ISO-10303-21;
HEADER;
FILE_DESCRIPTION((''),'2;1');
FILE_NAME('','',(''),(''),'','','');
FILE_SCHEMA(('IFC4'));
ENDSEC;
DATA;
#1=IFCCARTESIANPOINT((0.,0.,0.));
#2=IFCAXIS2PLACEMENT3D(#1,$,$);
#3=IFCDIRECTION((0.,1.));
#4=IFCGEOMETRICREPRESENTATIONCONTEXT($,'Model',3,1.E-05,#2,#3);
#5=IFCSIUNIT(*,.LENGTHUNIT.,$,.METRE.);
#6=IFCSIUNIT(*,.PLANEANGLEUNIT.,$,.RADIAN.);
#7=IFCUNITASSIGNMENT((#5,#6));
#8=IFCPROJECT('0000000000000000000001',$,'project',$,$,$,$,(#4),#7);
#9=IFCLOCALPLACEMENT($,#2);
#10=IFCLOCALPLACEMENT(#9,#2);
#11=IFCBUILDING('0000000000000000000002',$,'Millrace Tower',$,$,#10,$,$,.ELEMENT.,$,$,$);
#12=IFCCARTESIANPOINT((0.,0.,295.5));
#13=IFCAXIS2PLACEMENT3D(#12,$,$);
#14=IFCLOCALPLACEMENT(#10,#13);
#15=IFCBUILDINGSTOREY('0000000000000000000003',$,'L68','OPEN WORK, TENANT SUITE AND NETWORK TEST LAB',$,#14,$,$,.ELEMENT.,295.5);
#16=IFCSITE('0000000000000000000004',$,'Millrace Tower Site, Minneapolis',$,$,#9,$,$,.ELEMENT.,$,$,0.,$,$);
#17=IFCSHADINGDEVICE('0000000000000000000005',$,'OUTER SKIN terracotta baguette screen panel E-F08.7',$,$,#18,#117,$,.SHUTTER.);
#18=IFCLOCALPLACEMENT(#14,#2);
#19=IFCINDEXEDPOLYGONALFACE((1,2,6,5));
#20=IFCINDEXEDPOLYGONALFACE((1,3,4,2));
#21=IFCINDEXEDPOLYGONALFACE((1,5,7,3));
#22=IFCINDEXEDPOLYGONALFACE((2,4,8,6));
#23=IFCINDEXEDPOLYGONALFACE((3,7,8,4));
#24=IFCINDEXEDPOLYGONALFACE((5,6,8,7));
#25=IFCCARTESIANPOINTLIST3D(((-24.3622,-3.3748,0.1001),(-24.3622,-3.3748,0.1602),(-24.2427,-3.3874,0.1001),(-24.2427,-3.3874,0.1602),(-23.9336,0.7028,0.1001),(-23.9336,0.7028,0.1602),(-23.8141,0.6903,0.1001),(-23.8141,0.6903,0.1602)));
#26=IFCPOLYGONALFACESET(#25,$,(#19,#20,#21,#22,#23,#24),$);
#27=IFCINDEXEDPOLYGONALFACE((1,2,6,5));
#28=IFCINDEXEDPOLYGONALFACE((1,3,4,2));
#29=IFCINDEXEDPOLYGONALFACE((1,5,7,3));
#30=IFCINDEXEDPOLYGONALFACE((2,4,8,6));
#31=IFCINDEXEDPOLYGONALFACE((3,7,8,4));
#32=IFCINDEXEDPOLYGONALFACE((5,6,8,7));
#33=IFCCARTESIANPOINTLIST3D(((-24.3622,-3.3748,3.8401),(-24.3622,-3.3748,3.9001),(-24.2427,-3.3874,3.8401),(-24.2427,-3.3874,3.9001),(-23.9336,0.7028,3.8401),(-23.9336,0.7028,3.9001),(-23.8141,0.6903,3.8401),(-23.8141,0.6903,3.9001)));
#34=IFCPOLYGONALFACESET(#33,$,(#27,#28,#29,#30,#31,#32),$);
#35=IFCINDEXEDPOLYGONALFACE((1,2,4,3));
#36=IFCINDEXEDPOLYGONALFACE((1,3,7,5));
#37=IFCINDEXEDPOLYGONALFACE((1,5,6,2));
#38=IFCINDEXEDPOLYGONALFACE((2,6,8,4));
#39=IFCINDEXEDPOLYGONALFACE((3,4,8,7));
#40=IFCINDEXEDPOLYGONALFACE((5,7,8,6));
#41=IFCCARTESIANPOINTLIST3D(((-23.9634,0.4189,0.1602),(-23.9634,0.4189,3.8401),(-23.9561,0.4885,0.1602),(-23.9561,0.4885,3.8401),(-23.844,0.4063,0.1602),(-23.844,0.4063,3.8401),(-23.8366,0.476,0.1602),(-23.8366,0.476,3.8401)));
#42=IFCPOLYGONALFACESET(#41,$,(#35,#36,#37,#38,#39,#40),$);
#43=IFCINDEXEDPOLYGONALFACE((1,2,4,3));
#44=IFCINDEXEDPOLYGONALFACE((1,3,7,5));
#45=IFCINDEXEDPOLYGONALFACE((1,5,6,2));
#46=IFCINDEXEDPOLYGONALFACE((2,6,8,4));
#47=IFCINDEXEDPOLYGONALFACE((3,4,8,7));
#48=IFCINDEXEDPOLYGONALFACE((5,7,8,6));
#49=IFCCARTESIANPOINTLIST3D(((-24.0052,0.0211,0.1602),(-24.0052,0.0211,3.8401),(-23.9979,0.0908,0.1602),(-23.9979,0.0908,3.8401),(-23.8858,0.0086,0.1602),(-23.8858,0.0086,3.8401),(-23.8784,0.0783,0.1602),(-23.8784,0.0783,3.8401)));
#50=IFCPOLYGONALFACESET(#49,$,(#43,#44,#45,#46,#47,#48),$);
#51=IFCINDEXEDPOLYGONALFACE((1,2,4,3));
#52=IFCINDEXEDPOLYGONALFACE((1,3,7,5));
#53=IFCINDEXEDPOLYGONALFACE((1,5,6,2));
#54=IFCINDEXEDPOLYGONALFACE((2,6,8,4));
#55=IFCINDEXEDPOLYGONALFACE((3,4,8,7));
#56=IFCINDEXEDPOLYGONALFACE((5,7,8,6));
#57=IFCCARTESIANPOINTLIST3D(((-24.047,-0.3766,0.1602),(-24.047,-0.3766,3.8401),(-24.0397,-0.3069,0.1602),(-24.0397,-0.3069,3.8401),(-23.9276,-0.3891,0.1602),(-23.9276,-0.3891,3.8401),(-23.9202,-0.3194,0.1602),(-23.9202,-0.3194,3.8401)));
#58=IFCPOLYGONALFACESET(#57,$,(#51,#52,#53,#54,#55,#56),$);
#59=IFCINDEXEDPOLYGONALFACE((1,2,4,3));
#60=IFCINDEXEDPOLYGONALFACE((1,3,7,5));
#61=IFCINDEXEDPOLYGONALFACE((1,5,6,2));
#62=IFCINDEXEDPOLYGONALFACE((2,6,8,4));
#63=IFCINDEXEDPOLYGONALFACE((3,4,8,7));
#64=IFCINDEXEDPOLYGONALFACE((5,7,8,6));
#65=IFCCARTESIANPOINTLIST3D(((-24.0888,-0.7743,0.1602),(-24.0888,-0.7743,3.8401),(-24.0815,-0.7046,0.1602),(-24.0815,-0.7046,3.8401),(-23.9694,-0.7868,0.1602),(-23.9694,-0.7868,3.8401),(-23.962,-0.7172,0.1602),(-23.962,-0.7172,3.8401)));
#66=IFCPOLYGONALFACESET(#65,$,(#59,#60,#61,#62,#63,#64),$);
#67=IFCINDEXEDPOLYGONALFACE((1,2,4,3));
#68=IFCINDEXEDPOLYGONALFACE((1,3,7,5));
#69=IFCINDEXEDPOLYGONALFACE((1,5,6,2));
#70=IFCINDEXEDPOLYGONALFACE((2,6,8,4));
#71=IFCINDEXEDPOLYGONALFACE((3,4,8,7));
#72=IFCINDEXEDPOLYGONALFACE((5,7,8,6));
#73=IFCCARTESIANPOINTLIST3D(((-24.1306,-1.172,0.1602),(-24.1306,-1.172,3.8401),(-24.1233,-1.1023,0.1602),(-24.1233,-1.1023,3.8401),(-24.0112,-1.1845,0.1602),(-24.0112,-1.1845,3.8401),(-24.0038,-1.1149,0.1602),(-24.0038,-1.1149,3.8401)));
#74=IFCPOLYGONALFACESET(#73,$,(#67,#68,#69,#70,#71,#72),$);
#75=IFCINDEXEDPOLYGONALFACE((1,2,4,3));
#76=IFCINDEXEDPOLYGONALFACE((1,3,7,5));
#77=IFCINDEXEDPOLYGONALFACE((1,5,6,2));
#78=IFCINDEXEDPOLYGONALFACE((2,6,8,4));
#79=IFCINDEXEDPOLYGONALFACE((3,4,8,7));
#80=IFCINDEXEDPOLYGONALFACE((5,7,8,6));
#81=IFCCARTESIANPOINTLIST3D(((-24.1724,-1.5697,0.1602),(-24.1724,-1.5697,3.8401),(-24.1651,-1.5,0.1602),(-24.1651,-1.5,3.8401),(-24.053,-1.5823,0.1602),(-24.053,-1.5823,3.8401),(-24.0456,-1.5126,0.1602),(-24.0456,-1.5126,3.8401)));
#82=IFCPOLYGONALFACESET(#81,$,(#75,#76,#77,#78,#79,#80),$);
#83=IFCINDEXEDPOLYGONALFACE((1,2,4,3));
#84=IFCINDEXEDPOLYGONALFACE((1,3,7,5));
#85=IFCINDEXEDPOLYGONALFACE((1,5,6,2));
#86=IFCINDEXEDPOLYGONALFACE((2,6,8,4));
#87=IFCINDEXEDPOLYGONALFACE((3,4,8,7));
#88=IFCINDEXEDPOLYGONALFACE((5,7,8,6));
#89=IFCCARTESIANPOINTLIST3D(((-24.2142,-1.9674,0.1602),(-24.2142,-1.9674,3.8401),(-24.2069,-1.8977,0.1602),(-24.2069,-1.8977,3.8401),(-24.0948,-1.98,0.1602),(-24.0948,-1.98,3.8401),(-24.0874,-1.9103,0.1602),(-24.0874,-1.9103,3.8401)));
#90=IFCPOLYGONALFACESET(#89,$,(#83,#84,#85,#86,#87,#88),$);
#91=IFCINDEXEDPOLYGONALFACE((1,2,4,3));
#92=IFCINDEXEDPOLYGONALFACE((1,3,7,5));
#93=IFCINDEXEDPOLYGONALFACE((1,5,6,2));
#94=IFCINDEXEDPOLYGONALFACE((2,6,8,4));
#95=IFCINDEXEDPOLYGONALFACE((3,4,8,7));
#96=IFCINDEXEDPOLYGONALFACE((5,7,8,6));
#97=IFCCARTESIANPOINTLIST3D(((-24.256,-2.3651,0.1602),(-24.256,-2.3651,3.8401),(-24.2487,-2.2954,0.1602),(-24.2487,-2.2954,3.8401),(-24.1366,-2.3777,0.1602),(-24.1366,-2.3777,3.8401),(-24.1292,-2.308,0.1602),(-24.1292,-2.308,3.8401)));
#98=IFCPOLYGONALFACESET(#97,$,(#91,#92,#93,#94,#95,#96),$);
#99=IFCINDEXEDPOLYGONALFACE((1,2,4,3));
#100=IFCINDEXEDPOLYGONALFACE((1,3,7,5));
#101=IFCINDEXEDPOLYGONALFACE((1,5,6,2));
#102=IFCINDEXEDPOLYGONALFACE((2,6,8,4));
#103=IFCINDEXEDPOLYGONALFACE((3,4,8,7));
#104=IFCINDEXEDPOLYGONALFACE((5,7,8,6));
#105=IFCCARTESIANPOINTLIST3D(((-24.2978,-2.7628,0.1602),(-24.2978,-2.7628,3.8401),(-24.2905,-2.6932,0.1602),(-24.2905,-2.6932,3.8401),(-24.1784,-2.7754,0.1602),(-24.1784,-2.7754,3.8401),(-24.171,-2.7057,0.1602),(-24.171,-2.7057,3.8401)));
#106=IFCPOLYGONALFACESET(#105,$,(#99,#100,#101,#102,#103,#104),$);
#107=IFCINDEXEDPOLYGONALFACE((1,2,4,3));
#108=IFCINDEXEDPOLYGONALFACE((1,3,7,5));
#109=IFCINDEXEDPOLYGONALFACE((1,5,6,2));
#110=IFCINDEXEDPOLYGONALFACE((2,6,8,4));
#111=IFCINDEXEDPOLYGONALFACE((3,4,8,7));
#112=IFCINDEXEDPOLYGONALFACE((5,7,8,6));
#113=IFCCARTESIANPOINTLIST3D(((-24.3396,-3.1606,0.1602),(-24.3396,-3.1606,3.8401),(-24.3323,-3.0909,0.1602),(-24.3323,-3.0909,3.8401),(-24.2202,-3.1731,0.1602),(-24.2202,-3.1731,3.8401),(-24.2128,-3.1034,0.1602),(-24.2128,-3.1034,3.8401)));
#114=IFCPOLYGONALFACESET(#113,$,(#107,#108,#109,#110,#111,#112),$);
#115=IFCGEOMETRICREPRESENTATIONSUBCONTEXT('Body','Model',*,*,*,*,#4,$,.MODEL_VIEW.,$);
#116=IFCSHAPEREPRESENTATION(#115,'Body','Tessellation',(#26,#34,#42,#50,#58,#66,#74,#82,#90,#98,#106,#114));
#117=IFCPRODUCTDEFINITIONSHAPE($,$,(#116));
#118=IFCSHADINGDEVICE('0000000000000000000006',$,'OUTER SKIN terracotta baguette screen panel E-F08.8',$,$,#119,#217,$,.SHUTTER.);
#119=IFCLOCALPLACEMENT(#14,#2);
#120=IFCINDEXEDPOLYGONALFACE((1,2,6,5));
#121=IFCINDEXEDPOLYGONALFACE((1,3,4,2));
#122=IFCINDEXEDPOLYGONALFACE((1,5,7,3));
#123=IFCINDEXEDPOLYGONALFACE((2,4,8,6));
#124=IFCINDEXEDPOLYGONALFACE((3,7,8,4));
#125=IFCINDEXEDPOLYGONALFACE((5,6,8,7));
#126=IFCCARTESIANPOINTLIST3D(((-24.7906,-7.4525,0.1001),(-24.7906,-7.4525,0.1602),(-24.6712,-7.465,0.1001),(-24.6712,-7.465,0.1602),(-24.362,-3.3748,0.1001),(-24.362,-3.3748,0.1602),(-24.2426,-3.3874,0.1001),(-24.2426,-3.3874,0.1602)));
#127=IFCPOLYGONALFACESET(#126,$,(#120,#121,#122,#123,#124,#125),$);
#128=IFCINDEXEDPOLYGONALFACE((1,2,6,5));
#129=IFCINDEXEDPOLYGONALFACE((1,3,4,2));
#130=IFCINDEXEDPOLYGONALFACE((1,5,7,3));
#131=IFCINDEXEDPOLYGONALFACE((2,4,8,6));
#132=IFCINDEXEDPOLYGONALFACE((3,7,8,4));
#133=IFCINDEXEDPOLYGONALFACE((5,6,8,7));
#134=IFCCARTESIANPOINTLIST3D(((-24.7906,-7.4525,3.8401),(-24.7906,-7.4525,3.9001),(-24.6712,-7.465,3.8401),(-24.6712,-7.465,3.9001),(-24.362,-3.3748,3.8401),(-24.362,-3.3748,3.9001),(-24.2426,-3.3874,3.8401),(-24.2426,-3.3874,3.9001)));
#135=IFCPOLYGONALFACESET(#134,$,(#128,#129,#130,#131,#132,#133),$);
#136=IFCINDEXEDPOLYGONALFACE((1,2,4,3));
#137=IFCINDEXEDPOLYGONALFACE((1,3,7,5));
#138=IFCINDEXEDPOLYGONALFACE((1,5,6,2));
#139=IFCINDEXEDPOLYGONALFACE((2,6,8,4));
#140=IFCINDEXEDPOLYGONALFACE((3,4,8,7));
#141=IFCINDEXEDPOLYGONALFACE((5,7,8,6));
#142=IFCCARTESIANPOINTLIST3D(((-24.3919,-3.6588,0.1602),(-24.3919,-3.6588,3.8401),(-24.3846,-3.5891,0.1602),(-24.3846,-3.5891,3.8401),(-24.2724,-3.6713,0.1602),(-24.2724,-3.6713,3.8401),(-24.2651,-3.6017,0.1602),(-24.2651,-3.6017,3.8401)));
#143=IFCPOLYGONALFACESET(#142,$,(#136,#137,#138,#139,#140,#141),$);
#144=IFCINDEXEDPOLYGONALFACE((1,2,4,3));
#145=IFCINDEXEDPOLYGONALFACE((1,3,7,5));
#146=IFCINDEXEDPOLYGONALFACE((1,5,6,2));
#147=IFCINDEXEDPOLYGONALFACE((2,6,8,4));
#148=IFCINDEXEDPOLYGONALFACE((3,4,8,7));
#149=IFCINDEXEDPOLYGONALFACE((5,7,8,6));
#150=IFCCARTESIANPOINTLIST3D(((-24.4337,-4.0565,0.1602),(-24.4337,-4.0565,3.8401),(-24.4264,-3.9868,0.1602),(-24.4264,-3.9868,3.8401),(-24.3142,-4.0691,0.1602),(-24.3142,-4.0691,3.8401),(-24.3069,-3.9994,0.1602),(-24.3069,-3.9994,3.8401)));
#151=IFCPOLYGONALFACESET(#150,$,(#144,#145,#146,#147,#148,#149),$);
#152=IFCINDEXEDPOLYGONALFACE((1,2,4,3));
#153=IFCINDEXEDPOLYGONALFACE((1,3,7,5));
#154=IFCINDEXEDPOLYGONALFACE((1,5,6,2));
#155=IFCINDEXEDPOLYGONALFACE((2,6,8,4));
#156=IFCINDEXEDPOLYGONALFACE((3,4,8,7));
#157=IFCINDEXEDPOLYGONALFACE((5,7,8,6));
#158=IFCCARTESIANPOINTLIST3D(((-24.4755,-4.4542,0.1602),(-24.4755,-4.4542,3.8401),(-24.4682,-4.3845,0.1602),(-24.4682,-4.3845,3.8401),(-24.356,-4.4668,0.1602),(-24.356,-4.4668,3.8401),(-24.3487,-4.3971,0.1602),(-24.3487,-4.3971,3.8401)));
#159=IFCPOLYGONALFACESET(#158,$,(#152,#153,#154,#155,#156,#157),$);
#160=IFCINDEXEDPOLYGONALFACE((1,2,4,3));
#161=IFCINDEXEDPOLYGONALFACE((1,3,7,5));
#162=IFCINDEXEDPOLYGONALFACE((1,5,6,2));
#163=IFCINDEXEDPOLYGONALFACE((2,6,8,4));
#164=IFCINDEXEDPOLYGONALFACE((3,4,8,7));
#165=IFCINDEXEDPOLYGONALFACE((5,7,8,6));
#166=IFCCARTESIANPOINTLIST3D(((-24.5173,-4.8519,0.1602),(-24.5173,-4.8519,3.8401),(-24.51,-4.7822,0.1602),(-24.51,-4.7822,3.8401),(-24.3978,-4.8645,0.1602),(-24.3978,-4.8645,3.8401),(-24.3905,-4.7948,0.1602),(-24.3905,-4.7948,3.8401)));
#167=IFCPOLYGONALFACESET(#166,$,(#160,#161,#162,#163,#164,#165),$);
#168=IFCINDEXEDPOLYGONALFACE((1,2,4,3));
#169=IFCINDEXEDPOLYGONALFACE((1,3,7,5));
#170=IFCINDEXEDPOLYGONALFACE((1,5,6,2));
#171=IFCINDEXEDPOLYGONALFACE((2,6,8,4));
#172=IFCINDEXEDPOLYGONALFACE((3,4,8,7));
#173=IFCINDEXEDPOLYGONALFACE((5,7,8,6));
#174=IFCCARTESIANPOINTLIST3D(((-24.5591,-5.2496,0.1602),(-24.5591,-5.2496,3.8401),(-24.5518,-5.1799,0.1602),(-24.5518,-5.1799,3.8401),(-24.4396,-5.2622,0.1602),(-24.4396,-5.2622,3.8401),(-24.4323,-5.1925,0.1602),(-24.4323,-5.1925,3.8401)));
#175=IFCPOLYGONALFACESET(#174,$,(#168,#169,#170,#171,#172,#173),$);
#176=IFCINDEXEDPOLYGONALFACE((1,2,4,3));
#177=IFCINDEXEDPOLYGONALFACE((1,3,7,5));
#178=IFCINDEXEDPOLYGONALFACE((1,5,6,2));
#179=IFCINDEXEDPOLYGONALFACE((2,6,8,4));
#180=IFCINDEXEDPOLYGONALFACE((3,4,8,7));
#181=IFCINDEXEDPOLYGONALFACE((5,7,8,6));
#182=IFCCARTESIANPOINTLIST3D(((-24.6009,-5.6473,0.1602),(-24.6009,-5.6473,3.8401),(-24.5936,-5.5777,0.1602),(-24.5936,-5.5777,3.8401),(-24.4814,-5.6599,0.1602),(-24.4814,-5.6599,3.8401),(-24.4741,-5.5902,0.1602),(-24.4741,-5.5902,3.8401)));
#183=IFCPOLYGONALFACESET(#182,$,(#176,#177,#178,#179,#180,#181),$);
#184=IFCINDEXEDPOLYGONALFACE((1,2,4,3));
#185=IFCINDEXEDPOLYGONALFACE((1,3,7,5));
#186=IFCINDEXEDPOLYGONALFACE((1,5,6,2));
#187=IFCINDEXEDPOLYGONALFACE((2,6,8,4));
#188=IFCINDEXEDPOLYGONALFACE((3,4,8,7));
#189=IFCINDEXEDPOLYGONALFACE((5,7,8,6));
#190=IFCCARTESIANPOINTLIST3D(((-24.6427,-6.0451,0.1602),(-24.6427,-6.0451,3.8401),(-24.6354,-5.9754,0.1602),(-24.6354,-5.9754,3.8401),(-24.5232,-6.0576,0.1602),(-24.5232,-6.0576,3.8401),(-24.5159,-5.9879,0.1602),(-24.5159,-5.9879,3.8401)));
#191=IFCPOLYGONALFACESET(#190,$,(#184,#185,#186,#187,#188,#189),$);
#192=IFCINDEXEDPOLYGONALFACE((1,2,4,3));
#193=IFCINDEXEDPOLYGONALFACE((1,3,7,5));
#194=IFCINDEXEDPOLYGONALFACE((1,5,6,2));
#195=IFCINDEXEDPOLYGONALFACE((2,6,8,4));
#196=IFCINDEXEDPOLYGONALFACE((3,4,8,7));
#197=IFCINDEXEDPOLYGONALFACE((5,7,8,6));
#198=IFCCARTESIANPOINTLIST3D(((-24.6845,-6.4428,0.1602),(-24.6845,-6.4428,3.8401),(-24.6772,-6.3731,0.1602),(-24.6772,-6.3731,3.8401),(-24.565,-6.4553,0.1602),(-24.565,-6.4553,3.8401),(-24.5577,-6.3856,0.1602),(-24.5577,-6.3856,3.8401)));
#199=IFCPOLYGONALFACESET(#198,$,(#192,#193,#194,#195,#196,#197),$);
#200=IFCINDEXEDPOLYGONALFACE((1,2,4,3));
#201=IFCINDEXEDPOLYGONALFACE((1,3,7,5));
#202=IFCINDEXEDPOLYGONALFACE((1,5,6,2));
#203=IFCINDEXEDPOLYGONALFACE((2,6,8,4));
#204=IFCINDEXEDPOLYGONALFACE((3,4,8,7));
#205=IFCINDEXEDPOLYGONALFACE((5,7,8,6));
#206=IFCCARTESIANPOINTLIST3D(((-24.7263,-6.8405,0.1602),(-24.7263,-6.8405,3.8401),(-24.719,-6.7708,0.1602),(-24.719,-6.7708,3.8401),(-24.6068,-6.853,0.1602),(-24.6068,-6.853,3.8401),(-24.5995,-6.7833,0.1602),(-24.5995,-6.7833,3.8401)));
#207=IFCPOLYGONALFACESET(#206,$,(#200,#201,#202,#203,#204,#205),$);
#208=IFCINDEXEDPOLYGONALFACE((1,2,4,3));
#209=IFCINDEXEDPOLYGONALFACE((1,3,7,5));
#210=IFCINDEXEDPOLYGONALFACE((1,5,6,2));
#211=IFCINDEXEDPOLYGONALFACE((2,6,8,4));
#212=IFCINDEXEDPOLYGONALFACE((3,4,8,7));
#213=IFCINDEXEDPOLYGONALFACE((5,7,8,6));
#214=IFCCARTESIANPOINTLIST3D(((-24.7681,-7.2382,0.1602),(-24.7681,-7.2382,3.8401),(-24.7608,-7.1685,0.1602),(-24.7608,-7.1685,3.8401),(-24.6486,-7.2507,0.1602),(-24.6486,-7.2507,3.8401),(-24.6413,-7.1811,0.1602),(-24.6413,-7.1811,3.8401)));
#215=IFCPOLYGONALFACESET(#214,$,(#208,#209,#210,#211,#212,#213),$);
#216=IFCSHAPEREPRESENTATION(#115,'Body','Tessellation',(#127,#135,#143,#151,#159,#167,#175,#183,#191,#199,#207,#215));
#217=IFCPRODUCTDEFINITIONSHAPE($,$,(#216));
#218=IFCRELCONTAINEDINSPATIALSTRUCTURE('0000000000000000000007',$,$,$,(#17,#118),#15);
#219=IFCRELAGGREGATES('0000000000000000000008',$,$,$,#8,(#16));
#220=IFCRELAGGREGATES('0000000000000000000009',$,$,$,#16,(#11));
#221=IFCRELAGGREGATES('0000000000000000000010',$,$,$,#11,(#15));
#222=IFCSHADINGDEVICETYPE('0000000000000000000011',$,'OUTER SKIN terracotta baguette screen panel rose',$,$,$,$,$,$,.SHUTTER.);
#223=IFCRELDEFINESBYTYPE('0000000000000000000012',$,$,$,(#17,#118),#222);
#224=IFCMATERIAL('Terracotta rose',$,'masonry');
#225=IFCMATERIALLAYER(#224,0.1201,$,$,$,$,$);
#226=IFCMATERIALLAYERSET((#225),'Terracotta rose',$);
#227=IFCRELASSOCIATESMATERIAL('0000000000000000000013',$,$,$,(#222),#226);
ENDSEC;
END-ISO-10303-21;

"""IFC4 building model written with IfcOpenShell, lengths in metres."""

from ifc_helpers import new_model, entity, si_unit, direction, frame, frame_2d, origin, place, context, subcontext, project, spatial, rectangle, extrude, source, transform, mapped, material, layer, layer_set, type_object, element, save


model = new_model("IFC4")

# Units and contexts
model_context = context("Model", 3, precision=1e-05, world=origin(), true_north=direction((0.0, 1.0)))
body_context = subcontext(model_context, "Body", "Model", "MODEL_VIEW")
ifc_project = project(units=[si_unit("LENGTHUNIT", "METRE"), si_unit("PLANEANGLEUNIT", "RADIAN")], contexts=[model_context])

# Site, building, storey
site_placement = place(None, origin())
site = spatial("IfcSite", under=ifc_project, at=site_placement, Name="Millrace Tower Site, Minneapolis", CompositionType="ELEMENT", RefElevation=0.0)
building_placement = place(site_placement, origin())
building = spatial("IfcBuilding", under=site, at=building_placement, Name="Millrace Tower", CompositionType="ELEMENT")
storey_placement = place(building_placement, frame((0.0, 0.0, 295.5)))
storey = spatial("IfcBuildingStorey", under=building, at=storey_placement, Name="L68", Description="OPEN WORK, TENANT SUITE AND NETWORK TEST LAB", CompositionType="ELEMENT", Elevation=295.5)

# Shading devices
ifc_material_1 = material(Name="Terracotta rose", Category="masonry")
ifc_layer_1 = layer(ifc_material_1, 0.1201)
ifc_layer_set_1 = layer_set([ifc_layer_1], Name="Terracotta rose")
shading_device_type = type_object("IfcShadingDeviceType", Name="OUTER SKIN terracotta baguette screen panel rose", PredefinedType="SHUTTER", material=ifc_layer_set_1)
cartesian_point_1 = entity("IfcCartesianPoint", [-2.05, 0.0601])
shared_polyline_1 = entity("IfcPolyline", [cartesian_point_1, entity("IfcCartesianPoint", [2.05, 0.0601]), entity("IfcCartesianPoint", [2.05, -0.0601]), entity("IfcCartesianPoint", [-2.05, -0.0601]), cartesian_point_1])
shared_shape_1 = source(origin(), body_context, "Body", "SweptSolid", [
    entity("IfcExtrudedAreaSolid", entity("IfcArbitraryClosedProfileDef", "AREA", None, shared_polyline_1), entity("IfcAxis2Placement3D", entity("IfcCartesianPoint", [0.0, 0.0, 0.0])), entity("IfcDirection", [0.0, 0.0, 1.0]), 0.0601),
    entity("IfcExtrudedAreaSolid", entity("IfcArbitraryClosedProfileDef", "AREA", None, shared_polyline_1), entity("IfcAxis2Placement3D", entity("IfcCartesianPoint", [0.0, 0.0, 3.74])), entity("IfcDirection", [0.0, 0.0, 1.0]), 0.0601),
    extrude(rectangle(XDim=0.0701, YDim=0.1201, at=frame_2d((-1.7996, 0.0))), frame((0.0, 0.0, 0.0601)), (0.0, 0.0, 1.0), 3.6799),
    extrude(rectangle(XDim=0.0701, YDim=0.1201, at=frame_2d((-1.3997, 0.0))), frame((0.0, 0.0, 0.0601)), (0.0, 0.0, 1.0), 3.6799),
    extrude(rectangle(XDim=0.0701, YDim=0.1201, at=frame_2d((-0.9998, 0.0))), frame((0.0, 0.0, 0.0601)), (0.0, 0.0, 1.0), 3.6799),
    extrude(rectangle(XDim=0.0701, YDim=0.1201, at=frame_2d((-0.5999, 0.0))), frame((0.0, 0.0, 0.0601)), (0.0, 0.0, 1.0), 3.6799),
    extrude(rectangle(XDim=0.0701, YDim=0.1201, at=frame_2d((-0.2, 0.0))), frame((0.0, 0.0, 0.0601)), (0.0, 0.0, 1.0), 3.6799),
    extrude(rectangle(XDim=0.0701, YDim=0.1201, at=frame_2d((0.2, 0.0))), frame((0.0, 0.0, 0.0601)), (0.0, 0.0, 1.0), 3.6799),
    extrude(rectangle(XDim=0.0701, YDim=0.1201, at=frame_2d((0.5999, 0.0))), frame((0.0, 0.0, 0.0601)), (0.0, 0.0, 1.0), 3.6799),
    extrude(rectangle(XDim=0.0701, YDim=0.1201, at=frame_2d((0.9998, 0.0))), frame((0.0, 0.0, 0.0601)), (0.0, 0.0, 1.0), 3.6799),
    extrude(rectangle(XDim=0.0701, YDim=0.1201, at=frame_2d((1.3997, 0.0))), frame((0.0, 0.0, 0.0601)), (0.0, 0.0, 1.0), 3.6799),
    extrude(rectangle(XDim=0.0701, YDim=0.1201, at=frame_2d((1.7996, 0.0))), frame((0.0, 0.0, 0.0601)), (0.0, 0.0, 1.0), 3.6799),
])
for number, where, z_axis, x_axis, name in (
    (1, (-24.0881, -1.3423, 0.1001), (0.0, 0.0, 1.0), (-0.104528, -0.994522, 0.0), "OUTER SKIN terracotta baguette screen panel E-F08.7"),
    (2, (-24.5166, -5.4199, 0.1001), (0.0, 0.0, 1.0), (-0.104528, -0.994522, 0.0), "OUTER SKIN terracotta baguette screen panel E-F08.8"),
):
    element("IfcShadingDevice", number, at=place(storey_placement, frame(where, z_axis=z_axis, x_axis=x_axis)), inside=storey, type_object=shading_device_type, Name=name, PredefinedType="SHUTTER", context=body_context, shape_type="MappedRepresentation", body=[
        mapped(shared_shape_1, transform((0.0, 0.0, 0.0), scale=1.0)),
    ])

save(model, "model.ifc")
